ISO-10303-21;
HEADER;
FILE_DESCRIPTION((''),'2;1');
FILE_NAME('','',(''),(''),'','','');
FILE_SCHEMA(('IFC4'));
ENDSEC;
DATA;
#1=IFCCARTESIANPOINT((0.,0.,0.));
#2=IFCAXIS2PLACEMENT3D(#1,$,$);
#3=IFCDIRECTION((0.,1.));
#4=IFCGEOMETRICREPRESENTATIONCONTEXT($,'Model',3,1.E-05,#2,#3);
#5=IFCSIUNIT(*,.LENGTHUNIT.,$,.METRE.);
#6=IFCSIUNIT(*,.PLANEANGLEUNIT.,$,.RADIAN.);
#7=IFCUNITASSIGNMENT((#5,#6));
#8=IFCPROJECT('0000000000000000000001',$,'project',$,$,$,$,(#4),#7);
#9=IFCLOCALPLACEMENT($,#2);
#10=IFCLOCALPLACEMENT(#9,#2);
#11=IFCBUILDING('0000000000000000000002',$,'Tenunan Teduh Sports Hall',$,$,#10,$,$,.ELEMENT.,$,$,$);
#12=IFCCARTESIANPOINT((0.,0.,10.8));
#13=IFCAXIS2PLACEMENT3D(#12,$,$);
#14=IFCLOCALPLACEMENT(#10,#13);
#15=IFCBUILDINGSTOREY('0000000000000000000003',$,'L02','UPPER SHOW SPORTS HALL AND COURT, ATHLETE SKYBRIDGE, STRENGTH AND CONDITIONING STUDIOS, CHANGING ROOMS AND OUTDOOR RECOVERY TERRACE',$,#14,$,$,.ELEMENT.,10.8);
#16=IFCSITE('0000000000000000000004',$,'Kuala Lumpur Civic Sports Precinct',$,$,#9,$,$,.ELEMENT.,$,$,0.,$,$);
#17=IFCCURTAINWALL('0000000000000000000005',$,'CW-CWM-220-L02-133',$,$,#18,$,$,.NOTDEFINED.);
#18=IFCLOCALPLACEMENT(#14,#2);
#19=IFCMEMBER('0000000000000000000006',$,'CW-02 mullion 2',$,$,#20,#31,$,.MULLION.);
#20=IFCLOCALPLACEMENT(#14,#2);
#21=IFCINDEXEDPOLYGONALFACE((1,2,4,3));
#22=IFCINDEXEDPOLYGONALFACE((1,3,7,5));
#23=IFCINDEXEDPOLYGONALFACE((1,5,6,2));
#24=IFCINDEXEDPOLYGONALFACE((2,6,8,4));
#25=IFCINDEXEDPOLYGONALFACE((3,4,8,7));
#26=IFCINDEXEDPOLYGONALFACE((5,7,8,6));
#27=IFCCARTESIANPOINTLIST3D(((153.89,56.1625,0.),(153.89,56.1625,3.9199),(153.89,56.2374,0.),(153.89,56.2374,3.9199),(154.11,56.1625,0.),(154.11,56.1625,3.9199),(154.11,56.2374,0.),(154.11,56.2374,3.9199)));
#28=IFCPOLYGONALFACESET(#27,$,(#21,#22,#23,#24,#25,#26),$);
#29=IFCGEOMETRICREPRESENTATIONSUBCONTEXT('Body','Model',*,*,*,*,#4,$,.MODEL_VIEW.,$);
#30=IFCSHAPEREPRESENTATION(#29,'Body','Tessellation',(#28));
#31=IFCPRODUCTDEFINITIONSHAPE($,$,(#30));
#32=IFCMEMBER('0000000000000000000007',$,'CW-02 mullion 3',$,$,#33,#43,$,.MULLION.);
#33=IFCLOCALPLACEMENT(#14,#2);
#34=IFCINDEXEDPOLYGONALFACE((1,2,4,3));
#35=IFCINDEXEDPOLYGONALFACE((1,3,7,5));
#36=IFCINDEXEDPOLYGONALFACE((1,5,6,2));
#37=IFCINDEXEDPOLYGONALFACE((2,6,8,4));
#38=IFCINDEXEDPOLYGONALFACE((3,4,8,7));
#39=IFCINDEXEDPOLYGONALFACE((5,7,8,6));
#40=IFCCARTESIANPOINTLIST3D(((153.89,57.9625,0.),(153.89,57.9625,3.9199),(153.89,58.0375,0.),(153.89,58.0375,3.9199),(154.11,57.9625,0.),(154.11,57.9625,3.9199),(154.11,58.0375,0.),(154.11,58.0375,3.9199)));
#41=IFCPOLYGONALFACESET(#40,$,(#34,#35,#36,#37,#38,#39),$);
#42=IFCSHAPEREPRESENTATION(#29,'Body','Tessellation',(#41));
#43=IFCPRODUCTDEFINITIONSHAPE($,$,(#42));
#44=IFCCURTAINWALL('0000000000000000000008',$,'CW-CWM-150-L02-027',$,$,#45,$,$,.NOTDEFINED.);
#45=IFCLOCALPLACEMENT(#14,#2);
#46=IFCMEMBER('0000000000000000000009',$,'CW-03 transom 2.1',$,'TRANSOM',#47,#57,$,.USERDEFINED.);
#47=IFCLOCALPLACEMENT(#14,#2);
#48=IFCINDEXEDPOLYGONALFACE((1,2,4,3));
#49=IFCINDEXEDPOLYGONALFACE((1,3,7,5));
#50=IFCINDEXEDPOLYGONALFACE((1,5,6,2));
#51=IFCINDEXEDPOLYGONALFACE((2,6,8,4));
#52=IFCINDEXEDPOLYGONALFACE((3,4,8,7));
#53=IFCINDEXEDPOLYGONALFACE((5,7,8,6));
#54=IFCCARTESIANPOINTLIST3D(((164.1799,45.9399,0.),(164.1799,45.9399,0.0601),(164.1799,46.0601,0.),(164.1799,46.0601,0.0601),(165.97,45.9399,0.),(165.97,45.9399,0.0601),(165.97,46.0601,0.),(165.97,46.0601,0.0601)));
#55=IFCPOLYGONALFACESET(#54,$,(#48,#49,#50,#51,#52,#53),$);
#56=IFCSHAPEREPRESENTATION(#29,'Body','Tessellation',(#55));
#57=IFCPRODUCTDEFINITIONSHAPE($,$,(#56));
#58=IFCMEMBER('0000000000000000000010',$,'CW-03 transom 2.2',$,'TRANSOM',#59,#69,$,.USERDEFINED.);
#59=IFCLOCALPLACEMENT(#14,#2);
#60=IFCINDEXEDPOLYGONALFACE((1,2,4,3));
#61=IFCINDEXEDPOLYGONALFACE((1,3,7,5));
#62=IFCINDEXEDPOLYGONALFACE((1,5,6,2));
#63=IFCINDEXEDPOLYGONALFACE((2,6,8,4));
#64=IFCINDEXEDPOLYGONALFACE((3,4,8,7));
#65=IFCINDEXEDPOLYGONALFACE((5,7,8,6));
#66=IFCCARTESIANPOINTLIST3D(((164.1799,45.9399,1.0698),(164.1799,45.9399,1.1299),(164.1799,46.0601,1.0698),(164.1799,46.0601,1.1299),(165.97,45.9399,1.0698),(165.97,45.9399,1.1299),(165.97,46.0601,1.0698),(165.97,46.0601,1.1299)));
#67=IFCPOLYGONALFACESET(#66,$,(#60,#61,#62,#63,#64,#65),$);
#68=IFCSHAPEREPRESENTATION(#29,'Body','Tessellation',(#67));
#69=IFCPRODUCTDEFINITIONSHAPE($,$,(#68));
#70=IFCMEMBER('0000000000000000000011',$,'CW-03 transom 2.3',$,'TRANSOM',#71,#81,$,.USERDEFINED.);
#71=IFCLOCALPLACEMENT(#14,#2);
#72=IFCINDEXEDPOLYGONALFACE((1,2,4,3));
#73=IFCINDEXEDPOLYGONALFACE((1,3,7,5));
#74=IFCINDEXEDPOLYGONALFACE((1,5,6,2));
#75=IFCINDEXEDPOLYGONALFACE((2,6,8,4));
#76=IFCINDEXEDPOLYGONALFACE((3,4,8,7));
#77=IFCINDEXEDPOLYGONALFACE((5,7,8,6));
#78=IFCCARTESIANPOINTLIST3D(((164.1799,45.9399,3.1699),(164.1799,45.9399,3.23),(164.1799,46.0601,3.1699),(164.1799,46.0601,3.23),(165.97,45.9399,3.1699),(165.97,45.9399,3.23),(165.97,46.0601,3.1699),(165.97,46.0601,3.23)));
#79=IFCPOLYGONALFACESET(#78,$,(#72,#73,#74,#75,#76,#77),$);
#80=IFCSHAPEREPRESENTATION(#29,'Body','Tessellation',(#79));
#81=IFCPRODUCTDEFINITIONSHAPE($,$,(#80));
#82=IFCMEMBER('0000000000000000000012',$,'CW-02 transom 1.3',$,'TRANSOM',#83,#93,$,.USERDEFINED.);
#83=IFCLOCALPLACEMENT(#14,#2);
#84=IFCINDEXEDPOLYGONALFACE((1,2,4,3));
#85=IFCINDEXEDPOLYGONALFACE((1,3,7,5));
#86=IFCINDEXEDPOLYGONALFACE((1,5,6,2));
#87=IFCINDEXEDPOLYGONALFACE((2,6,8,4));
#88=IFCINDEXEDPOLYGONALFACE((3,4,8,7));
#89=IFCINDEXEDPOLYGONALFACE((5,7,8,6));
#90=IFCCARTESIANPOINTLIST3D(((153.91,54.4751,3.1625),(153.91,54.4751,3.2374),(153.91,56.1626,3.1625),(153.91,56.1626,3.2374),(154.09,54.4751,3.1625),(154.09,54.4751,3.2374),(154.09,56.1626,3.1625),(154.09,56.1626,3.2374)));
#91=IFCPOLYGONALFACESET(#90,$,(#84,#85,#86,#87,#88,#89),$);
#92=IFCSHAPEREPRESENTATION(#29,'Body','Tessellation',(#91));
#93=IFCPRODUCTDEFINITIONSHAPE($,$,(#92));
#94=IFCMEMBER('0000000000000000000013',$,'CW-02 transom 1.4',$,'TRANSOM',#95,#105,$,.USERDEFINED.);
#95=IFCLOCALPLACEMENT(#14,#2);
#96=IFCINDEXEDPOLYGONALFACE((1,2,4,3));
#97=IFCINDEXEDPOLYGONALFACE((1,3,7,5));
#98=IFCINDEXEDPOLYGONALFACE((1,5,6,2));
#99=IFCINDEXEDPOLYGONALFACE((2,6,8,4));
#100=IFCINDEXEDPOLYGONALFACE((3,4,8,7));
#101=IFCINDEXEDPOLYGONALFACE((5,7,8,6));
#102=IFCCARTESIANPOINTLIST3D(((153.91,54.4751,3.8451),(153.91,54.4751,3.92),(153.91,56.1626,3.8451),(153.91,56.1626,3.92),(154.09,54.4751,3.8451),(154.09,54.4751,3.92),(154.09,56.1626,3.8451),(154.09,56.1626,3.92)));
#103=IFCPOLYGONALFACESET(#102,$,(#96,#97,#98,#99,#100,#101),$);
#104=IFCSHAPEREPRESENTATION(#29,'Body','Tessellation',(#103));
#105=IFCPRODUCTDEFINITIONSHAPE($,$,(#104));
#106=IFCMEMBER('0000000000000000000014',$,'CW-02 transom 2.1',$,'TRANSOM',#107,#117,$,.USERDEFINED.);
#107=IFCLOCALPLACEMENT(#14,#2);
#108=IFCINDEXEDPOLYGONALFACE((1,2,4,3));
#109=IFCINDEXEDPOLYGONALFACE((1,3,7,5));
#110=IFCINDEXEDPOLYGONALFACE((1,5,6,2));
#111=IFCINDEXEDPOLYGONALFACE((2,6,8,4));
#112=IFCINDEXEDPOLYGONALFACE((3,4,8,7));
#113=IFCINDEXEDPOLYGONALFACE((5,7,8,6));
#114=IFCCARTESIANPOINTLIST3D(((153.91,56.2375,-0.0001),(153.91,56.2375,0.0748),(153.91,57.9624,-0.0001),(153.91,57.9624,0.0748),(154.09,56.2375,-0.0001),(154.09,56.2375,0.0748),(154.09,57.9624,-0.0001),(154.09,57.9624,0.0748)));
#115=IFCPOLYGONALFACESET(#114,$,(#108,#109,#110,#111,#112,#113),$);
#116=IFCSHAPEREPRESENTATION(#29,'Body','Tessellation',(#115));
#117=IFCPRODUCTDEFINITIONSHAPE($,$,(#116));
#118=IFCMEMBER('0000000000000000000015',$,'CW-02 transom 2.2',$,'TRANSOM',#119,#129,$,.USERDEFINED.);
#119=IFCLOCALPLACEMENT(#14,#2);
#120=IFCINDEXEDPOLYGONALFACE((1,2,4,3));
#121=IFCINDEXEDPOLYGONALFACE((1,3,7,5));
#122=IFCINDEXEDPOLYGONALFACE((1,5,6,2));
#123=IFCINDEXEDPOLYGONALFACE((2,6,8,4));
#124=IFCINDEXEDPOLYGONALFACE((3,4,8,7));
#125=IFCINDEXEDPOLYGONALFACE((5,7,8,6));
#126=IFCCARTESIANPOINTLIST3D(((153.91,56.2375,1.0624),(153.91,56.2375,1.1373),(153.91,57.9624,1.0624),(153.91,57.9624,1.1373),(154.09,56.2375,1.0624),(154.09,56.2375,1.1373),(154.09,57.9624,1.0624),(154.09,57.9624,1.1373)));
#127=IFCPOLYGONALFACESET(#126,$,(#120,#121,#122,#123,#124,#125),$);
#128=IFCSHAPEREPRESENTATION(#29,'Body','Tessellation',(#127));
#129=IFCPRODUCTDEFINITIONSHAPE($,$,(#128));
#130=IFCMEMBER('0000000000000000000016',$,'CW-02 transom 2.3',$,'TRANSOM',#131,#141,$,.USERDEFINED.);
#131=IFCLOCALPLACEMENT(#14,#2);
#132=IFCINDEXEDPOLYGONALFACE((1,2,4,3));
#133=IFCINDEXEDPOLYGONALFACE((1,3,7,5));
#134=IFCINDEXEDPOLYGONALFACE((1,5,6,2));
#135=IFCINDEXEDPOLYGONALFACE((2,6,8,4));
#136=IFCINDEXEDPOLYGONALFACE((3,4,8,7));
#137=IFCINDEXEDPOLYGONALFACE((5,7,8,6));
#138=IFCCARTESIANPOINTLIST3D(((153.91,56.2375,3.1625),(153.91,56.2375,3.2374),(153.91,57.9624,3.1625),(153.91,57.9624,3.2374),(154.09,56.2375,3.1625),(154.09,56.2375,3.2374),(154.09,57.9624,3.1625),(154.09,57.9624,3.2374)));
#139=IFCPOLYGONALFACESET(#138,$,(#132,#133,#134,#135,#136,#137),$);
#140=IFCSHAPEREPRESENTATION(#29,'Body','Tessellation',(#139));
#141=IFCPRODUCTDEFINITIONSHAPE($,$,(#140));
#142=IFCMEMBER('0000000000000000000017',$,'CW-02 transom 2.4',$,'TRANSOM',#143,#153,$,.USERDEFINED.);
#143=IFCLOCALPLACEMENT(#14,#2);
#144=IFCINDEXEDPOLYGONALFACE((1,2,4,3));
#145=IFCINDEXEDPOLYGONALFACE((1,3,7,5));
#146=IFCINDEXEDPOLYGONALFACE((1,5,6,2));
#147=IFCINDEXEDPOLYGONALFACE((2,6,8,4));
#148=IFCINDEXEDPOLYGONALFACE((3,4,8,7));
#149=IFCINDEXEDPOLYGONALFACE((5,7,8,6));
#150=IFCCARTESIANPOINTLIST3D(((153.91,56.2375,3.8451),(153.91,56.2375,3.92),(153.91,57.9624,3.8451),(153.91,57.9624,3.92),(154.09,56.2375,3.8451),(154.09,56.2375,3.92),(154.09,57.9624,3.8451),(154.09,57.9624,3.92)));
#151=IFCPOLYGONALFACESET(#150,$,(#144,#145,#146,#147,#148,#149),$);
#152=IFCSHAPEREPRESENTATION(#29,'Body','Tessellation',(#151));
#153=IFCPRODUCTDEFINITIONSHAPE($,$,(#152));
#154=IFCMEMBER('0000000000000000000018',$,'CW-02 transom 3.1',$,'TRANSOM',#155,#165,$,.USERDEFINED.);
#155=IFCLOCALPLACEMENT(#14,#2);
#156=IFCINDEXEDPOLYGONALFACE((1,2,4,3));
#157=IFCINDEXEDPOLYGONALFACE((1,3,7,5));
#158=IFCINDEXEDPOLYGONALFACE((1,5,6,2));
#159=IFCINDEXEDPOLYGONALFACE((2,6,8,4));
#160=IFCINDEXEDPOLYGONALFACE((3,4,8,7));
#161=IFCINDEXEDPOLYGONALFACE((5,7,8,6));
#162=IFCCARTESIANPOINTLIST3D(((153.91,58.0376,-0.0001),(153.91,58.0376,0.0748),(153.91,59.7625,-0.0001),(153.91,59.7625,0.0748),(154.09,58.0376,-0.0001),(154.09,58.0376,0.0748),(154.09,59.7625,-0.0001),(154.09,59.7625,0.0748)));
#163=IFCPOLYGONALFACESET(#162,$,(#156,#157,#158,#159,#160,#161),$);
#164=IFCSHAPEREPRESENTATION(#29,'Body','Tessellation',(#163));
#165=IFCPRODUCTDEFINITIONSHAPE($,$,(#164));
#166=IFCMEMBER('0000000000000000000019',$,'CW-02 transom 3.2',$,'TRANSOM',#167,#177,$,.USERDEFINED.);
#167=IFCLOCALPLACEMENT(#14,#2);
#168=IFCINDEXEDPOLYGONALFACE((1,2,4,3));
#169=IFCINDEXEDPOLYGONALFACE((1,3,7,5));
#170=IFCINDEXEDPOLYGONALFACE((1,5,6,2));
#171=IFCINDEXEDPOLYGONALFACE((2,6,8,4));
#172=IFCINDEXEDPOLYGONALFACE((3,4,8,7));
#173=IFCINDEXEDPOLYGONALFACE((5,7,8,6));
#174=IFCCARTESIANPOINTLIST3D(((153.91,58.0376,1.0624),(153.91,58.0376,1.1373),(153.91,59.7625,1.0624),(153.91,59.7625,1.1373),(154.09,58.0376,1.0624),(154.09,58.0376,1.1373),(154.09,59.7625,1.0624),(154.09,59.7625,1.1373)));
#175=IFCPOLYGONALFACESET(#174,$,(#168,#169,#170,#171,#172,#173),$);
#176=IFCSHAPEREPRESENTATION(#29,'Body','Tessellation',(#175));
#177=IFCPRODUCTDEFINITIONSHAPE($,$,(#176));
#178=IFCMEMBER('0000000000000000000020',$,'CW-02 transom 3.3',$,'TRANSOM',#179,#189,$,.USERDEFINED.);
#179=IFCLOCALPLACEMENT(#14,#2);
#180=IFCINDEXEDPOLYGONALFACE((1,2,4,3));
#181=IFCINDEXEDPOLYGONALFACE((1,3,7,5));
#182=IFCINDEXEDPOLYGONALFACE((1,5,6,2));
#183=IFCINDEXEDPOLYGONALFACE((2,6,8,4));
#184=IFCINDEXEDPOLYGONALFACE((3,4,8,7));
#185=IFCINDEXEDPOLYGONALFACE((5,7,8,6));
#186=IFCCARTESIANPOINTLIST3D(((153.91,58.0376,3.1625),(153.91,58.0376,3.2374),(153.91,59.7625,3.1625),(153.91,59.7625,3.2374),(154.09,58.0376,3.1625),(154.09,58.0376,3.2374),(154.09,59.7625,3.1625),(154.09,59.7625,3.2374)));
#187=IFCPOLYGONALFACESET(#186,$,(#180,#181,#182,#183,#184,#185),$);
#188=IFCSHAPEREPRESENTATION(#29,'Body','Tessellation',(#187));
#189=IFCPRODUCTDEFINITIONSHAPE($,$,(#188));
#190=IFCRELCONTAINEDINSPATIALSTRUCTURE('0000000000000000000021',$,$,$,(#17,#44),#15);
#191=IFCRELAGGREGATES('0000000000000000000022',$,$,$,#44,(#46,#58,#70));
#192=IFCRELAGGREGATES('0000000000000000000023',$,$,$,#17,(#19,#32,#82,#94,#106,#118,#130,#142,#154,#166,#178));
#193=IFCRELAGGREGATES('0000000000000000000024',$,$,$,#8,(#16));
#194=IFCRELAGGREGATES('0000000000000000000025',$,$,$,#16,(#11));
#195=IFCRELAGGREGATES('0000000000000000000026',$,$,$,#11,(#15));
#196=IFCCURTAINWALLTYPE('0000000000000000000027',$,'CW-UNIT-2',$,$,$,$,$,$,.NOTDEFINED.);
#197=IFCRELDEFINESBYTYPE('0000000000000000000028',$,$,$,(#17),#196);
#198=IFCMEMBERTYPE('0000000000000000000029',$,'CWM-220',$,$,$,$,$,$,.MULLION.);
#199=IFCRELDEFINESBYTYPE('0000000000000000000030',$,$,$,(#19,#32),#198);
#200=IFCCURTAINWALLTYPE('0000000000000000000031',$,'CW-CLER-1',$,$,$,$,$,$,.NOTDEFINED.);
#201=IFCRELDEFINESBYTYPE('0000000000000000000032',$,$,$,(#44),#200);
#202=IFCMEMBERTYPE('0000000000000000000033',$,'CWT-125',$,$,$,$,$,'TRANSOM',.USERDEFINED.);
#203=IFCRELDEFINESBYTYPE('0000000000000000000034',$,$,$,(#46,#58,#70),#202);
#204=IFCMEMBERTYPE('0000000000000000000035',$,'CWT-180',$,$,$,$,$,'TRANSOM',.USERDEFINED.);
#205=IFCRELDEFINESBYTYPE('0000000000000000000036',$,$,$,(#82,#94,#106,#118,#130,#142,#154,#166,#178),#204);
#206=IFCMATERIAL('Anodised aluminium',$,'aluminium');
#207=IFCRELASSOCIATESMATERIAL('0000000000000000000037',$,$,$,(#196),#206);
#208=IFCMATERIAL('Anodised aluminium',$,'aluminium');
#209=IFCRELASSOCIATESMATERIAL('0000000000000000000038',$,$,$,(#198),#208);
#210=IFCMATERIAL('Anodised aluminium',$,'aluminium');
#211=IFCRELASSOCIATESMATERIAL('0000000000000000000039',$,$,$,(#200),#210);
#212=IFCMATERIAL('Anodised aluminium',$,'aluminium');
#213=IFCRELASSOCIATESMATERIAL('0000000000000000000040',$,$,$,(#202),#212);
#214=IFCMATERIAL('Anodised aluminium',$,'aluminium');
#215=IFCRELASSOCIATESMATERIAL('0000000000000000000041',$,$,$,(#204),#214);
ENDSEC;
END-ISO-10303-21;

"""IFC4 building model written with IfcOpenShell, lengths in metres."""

from ifc_helpers import new_model, si_unit, direction, frame, origin, origin_2d, place, context, subcontext, project, spatial, rectangle, extrude, material, material_profile, profile_set, type_object, element, aggregate, save


model = new_model("IFC4")

# Units and contexts
model_context = context("Model", 3, precision=1e-05, world=origin(), true_north=direction((0.0, 1.0)))
body_context = subcontext(model_context, "Body", "Model", "MODEL_VIEW")
ifc_project = project(units=[si_unit("LENGTHUNIT", "METRE"), si_unit("PLANEANGLEUNIT", "RADIAN")], contexts=[model_context])

# Site, building, storey
site_placement = place(None, origin())
site = spatial("IfcSite", under=ifc_project, at=site_placement, Name="Kuala Lumpur Civic Sports Precinct", CompositionType="ELEMENT", RefElevation=0.0)
building_placement = place(site_placement, origin())
building = spatial("IfcBuilding", under=site, at=building_placement, Name="Tenunan Teduh Sports Hall", CompositionType="ELEMENT")
storey_placement = place(building_placement, frame((0.0, 0.0, 10.8)))
storey = spatial("IfcBuildingStorey", under=building, at=storey_placement, Name="L02", Description="UPPER SHOW SPORTS HALL AND COURT, ATHLETE SKYBRIDGE, STRENGTH AND CONDITIONING STUDIOS, CHANGING ROOMS AND OUTDOOR RECOVERY TERRACE", CompositionType="ELEMENT", Elevation=10.8)

# Curtain walls, members
ifc_material_1 = material(Name="Anodised aluminium", Category="aluminium")
curtain_wall_type_1 = type_object("IfcCurtainWallType", Name="CW-UNIT-2", PredefinedType="NOTDEFINED", material=ifc_material_1)
curtain_wall_1_placement = place(storey_placement, origin())
curtain_wall_1 = element("IfcCurtainWall", 1, at=curtain_wall_1_placement, inside=storey, type_object=curtain_wall_type_1, Name="CW-CWM-220-L02-133", PredefinedType="NOTDEFINED")
ifc_material_2 = material(Name="Anodised aluminium", Category="aluminium")
ifc_material_profile_1 = material_profile(ifc_material_2, rectangle(XDim=0.075, YDim=0.22, at=origin_2d()), Name="CWM 75x220")
ifc_profile_set_1 = profile_set([ifc_material_profile_1], Name="Anodised aluminium")
member_type_1 = type_object("IfcMemberType", Name="CWM-220", PredefinedType="MULLION", material=ifc_profile_set_1)
member_1_placement = place(storey_placement, frame((154.0, 56.2, 0.0), z_axis=(0.0, 0.0, 1.0), x_axis=(0.0, 1.0, 0.0)))
member_1 = element("IfcMember", 2, at=member_1_placement, type_object=member_type_1, Name="CW-02 mullion 2", PredefinedType="MULLION", context=body_context, shape_type="SweptSolid", body=[
    extrude(rectangle(XDim=0.075, YDim=0.22, at=origin_2d()), origin(), (0.0, 0.0, 1.0), 3.9199),
])
member_2_placement = place(storey_placement, frame((154.0, 58.0, 0.0), z_axis=(0.0, 0.0, 1.0), x_axis=(0.0, 1.0, 0.0)))
member_2 = element("IfcMember", 3, at=member_2_placement, type_object=member_type_1, Name="CW-02 mullion 3", PredefinedType="MULLION", context=body_context, shape_type="SweptSolid", body=[
    extrude(rectangle(XDim=0.075, YDim=0.22, at=origin_2d()), origin(), (0.0, 0.0, 1.0), 3.9199),
])
ifc_material_3 = material(Name="Anodised aluminium", Category="aluminium")
curtain_wall_type_2 = type_object("IfcCurtainWallType", Name="CW-CLER-1", PredefinedType="NOTDEFINED", material=ifc_material_3)
curtain_wall_2_placement = place(storey_placement, origin())
curtain_wall_2 = element("IfcCurtainWall", 4, at=curtain_wall_2_placement, inside=storey, type_object=curtain_wall_type_2, Name="CW-CWM-150-L02-027", PredefinedType="NOTDEFINED")
ifc_material_4 = material(Name="Anodised aluminium", Category="aluminium")
ifc_material_profile_2 = material_profile(ifc_material_4, rectangle(XDim=0.0601, YDim=0.1201, at=origin_2d()), Name="CWT 60x120")
ifc_profile_set_2 = profile_set([ifc_material_profile_2], Name="Anodised aluminium")
member_type_2 = type_object("IfcMemberType", Name="CWT-125", ElementType="TRANSOM", PredefinedType="USERDEFINED", material=ifc_profile_set_2)
member_3_placement = place(storey_placement, frame((164.1799, 46.0, 0.03), z_axis=(1.0, 0.0, 0.0), x_axis=(0.0, 0.0, 1.0)))
member_3 = element("IfcMember", 5, at=member_3_placement, type_object=member_type_2, Name="CW-03 transom 2.1", ObjectType="TRANSOM", PredefinedType="USERDEFINED", context=body_context, shape_type="SweptSolid", body=[
    extrude(rectangle(XDim=0.0601, YDim=0.1201, at=origin_2d()), origin(), (0.0, 0.0, 1.0), 1.79),
])
member_4_placement = place(storey_placement, frame((164.1799, 46.0, 1.0999), z_axis=(1.0, 0.0, 0.0), x_axis=(0.0, 0.0, 1.0)))
member_4 = element("IfcMember", 6, at=member_4_placement, type_object=member_type_2, Name="CW-03 transom 2.2", ObjectType="TRANSOM", PredefinedType="USERDEFINED", context=body_context, shape_type="SweptSolid", body=[
    extrude(rectangle(XDim=0.0601, YDim=0.1201, at=origin_2d()), origin(), (0.0, 0.0, 1.0), 1.79),
])
member_5_placement = place(storey_placement, frame((164.1799, 46.0, 3.2), z_axis=(1.0, 0.0, 0.0), x_axis=(0.0, 0.0, 1.0)))
member_5 = element("IfcMember", 7, at=member_5_placement, type_object=member_type_2, Name="CW-03 transom 2.3", ObjectType="TRANSOM", PredefinedType="USERDEFINED", context=body_context, shape_type="SweptSolid", body=[
    extrude(rectangle(XDim=0.0601, YDim=0.1201, at=origin_2d()), origin(), (0.0, 0.0, 1.0), 1.79),
])
aggregate(curtain_wall_2, [member_3, member_4, member_5])

# Members
ifc_material_5 = material(Name="Anodised aluminium", Category="aluminium")
ifc_material_profile_3 = material_profile(ifc_material_5, rectangle(XDim=0.075, YDim=0.1799, at=origin_2d()), Name="CWT 75x180")
ifc_profile_set_3 = profile_set([ifc_material_profile_3], Name="Anodised aluminium")
member_type_3 = type_object("IfcMemberType", Name="CWT-180", ElementType="TRANSOM", PredefinedType="USERDEFINED", material=ifc_profile_set_3)
member_6_placement = place(storey_placement, frame((154.0, 54.4751, 3.2), z_axis=(0.0, 1.0, 0.0), x_axis=(0.0, 0.0, 1.0)))
member_6 = element("IfcMember", 8, at=member_6_placement, type_object=member_type_3, Name="CW-02 transom 1.3", ObjectType="TRANSOM", PredefinedType="USERDEFINED", context=body_context, shape_type="SweptSolid", body=[
    extrude(rectangle(XDim=0.075, YDim=0.1799, at=origin_2d()), origin(), (0.0, 0.0, 1.0), 1.6875),
])
member_7_placement = place(storey_placement, frame((154.0, 54.4751, 3.8826), z_axis=(0.0, 1.0, 0.0), x_axis=(0.0, 0.0, 1.0)))
member_7 = element("IfcMember", 9, at=member_7_placement, type_object=member_type_3, Name="CW-02 transom 1.4", ObjectType="TRANSOM", PredefinedType="USERDEFINED", context=body_context, shape_type="SweptSolid", body=[
    extrude(rectangle(XDim=0.075, YDim=0.1799, at=origin_2d()), origin(), (0.0, 0.0, 1.0), 1.6875),
])
member_8_placement = place(storey_placement, frame((154.0, 56.2375, 0.0374), z_axis=(0.0, 1.0, 0.0), x_axis=(0.0, 0.0, 1.0)))
member_8 = element("IfcMember", 10, at=member_8_placement, type_object=member_type_3, Name="CW-02 transom 2.1", ObjectType="TRANSOM", PredefinedType="USERDEFINED", context=body_context, shape_type="SweptSolid", body=[
    extrude(rectangle(XDim=0.075, YDim=0.1799, at=origin_2d()), origin(), (0.0, 0.0, 1.0), 1.7249),
])
member_9_placement = place(storey_placement, frame((154.0, 56.2375, 1.0999), z_axis=(0.0, 1.0, 0.0), x_axis=(0.0, 0.0, 1.0)))
member_9 = element("IfcMember", 11, at=member_9_placement, type_object=member_type_3, Name="CW-02 transom 2.2", ObjectType="TRANSOM", PredefinedType="USERDEFINED", context=body_context, shape_type="SweptSolid", body=[
    extrude(rectangle(XDim=0.075, YDim=0.1799, at=origin_2d()), origin(), (0.0, 0.0, 1.0), 1.7249),
])
member_10_placement = place(storey_placement, frame((154.0, 56.2375, 3.2), z_axis=(0.0, 1.0, 0.0), x_axis=(0.0, 0.0, 1.0)))
member_10 = element("IfcMember", 12, at=member_10_placement, type_object=member_type_3, Name="CW-02 transom 2.3", ObjectType="TRANSOM", PredefinedType="USERDEFINED", context=body_context, shape_type="SweptSolid", body=[
    extrude(rectangle(XDim=0.075, YDim=0.1799, at=origin_2d()), origin(), (0.0, 0.0, 1.0), 1.7249),
])
member_11_placement = place(storey_placement, frame((154.0, 56.2375, 3.8826), z_axis=(0.0, 1.0, 0.0), x_axis=(0.0, 0.0, 1.0)))
member_11 = element("IfcMember", 13, at=member_11_placement, type_object=member_type_3, Name="CW-02 transom 2.4", ObjectType="TRANSOM", PredefinedType="USERDEFINED", context=body_context, shape_type="SweptSolid", body=[
    extrude(rectangle(XDim=0.075, YDim=0.1799, at=origin_2d()), origin(), (0.0, 0.0, 1.0), 1.7249),
])
member_12_placement = place(storey_placement, frame((154.0, 58.0376, 0.0374), z_axis=(0.0, 1.0, 0.0), x_axis=(0.0, 0.0, 1.0)))
member_12 = element("IfcMember", 14, at=member_12_placement, type_object=member_type_3, Name="CW-02 transom 3.1", ObjectType="TRANSOM", PredefinedType="USERDEFINED", context=body_context, shape_type="SweptSolid", body=[
    extrude(rectangle(XDim=0.075, YDim=0.1799, at=origin_2d()), origin(), (0.0, 0.0, 1.0), 1.7249),
])
member_13_placement = place(storey_placement, frame((154.0, 58.0376, 1.0999), z_axis=(0.0, 1.0, 0.0), x_axis=(0.0, 0.0, 1.0)))
member_13 = element("IfcMember", 15, at=member_13_placement, type_object=member_type_3, Name="CW-02 transom 3.2", ObjectType="TRANSOM", PredefinedType="USERDEFINED", context=body_context, shape_type="SweptSolid", body=[
    extrude(rectangle(XDim=0.075, YDim=0.1799, at=origin_2d()), origin(), (0.0, 0.0, 1.0), 1.7249),
])
member_14_placement = place(storey_placement, frame((154.0, 58.0376, 3.2), z_axis=(0.0, 1.0, 0.0), x_axis=(0.0, 0.0, 1.0)))
member_14 = element("IfcMember", 16, at=member_14_placement, type_object=member_type_3, Name="CW-02 transom 3.3", ObjectType="TRANSOM", PredefinedType="USERDEFINED", context=body_context, shape_type="SweptSolid", body=[
    extrude(rectangle(XDim=0.075, YDim=0.1799, at=origin_2d()), origin(), (0.0, 0.0, 1.0), 1.7249),
])

aggregate(curtain_wall_1, [member_1, member_2, member_6, member_7, member_8, member_9, member_10, member_11, member_12, member_13, member_14])

save(model, "model.ifc")
